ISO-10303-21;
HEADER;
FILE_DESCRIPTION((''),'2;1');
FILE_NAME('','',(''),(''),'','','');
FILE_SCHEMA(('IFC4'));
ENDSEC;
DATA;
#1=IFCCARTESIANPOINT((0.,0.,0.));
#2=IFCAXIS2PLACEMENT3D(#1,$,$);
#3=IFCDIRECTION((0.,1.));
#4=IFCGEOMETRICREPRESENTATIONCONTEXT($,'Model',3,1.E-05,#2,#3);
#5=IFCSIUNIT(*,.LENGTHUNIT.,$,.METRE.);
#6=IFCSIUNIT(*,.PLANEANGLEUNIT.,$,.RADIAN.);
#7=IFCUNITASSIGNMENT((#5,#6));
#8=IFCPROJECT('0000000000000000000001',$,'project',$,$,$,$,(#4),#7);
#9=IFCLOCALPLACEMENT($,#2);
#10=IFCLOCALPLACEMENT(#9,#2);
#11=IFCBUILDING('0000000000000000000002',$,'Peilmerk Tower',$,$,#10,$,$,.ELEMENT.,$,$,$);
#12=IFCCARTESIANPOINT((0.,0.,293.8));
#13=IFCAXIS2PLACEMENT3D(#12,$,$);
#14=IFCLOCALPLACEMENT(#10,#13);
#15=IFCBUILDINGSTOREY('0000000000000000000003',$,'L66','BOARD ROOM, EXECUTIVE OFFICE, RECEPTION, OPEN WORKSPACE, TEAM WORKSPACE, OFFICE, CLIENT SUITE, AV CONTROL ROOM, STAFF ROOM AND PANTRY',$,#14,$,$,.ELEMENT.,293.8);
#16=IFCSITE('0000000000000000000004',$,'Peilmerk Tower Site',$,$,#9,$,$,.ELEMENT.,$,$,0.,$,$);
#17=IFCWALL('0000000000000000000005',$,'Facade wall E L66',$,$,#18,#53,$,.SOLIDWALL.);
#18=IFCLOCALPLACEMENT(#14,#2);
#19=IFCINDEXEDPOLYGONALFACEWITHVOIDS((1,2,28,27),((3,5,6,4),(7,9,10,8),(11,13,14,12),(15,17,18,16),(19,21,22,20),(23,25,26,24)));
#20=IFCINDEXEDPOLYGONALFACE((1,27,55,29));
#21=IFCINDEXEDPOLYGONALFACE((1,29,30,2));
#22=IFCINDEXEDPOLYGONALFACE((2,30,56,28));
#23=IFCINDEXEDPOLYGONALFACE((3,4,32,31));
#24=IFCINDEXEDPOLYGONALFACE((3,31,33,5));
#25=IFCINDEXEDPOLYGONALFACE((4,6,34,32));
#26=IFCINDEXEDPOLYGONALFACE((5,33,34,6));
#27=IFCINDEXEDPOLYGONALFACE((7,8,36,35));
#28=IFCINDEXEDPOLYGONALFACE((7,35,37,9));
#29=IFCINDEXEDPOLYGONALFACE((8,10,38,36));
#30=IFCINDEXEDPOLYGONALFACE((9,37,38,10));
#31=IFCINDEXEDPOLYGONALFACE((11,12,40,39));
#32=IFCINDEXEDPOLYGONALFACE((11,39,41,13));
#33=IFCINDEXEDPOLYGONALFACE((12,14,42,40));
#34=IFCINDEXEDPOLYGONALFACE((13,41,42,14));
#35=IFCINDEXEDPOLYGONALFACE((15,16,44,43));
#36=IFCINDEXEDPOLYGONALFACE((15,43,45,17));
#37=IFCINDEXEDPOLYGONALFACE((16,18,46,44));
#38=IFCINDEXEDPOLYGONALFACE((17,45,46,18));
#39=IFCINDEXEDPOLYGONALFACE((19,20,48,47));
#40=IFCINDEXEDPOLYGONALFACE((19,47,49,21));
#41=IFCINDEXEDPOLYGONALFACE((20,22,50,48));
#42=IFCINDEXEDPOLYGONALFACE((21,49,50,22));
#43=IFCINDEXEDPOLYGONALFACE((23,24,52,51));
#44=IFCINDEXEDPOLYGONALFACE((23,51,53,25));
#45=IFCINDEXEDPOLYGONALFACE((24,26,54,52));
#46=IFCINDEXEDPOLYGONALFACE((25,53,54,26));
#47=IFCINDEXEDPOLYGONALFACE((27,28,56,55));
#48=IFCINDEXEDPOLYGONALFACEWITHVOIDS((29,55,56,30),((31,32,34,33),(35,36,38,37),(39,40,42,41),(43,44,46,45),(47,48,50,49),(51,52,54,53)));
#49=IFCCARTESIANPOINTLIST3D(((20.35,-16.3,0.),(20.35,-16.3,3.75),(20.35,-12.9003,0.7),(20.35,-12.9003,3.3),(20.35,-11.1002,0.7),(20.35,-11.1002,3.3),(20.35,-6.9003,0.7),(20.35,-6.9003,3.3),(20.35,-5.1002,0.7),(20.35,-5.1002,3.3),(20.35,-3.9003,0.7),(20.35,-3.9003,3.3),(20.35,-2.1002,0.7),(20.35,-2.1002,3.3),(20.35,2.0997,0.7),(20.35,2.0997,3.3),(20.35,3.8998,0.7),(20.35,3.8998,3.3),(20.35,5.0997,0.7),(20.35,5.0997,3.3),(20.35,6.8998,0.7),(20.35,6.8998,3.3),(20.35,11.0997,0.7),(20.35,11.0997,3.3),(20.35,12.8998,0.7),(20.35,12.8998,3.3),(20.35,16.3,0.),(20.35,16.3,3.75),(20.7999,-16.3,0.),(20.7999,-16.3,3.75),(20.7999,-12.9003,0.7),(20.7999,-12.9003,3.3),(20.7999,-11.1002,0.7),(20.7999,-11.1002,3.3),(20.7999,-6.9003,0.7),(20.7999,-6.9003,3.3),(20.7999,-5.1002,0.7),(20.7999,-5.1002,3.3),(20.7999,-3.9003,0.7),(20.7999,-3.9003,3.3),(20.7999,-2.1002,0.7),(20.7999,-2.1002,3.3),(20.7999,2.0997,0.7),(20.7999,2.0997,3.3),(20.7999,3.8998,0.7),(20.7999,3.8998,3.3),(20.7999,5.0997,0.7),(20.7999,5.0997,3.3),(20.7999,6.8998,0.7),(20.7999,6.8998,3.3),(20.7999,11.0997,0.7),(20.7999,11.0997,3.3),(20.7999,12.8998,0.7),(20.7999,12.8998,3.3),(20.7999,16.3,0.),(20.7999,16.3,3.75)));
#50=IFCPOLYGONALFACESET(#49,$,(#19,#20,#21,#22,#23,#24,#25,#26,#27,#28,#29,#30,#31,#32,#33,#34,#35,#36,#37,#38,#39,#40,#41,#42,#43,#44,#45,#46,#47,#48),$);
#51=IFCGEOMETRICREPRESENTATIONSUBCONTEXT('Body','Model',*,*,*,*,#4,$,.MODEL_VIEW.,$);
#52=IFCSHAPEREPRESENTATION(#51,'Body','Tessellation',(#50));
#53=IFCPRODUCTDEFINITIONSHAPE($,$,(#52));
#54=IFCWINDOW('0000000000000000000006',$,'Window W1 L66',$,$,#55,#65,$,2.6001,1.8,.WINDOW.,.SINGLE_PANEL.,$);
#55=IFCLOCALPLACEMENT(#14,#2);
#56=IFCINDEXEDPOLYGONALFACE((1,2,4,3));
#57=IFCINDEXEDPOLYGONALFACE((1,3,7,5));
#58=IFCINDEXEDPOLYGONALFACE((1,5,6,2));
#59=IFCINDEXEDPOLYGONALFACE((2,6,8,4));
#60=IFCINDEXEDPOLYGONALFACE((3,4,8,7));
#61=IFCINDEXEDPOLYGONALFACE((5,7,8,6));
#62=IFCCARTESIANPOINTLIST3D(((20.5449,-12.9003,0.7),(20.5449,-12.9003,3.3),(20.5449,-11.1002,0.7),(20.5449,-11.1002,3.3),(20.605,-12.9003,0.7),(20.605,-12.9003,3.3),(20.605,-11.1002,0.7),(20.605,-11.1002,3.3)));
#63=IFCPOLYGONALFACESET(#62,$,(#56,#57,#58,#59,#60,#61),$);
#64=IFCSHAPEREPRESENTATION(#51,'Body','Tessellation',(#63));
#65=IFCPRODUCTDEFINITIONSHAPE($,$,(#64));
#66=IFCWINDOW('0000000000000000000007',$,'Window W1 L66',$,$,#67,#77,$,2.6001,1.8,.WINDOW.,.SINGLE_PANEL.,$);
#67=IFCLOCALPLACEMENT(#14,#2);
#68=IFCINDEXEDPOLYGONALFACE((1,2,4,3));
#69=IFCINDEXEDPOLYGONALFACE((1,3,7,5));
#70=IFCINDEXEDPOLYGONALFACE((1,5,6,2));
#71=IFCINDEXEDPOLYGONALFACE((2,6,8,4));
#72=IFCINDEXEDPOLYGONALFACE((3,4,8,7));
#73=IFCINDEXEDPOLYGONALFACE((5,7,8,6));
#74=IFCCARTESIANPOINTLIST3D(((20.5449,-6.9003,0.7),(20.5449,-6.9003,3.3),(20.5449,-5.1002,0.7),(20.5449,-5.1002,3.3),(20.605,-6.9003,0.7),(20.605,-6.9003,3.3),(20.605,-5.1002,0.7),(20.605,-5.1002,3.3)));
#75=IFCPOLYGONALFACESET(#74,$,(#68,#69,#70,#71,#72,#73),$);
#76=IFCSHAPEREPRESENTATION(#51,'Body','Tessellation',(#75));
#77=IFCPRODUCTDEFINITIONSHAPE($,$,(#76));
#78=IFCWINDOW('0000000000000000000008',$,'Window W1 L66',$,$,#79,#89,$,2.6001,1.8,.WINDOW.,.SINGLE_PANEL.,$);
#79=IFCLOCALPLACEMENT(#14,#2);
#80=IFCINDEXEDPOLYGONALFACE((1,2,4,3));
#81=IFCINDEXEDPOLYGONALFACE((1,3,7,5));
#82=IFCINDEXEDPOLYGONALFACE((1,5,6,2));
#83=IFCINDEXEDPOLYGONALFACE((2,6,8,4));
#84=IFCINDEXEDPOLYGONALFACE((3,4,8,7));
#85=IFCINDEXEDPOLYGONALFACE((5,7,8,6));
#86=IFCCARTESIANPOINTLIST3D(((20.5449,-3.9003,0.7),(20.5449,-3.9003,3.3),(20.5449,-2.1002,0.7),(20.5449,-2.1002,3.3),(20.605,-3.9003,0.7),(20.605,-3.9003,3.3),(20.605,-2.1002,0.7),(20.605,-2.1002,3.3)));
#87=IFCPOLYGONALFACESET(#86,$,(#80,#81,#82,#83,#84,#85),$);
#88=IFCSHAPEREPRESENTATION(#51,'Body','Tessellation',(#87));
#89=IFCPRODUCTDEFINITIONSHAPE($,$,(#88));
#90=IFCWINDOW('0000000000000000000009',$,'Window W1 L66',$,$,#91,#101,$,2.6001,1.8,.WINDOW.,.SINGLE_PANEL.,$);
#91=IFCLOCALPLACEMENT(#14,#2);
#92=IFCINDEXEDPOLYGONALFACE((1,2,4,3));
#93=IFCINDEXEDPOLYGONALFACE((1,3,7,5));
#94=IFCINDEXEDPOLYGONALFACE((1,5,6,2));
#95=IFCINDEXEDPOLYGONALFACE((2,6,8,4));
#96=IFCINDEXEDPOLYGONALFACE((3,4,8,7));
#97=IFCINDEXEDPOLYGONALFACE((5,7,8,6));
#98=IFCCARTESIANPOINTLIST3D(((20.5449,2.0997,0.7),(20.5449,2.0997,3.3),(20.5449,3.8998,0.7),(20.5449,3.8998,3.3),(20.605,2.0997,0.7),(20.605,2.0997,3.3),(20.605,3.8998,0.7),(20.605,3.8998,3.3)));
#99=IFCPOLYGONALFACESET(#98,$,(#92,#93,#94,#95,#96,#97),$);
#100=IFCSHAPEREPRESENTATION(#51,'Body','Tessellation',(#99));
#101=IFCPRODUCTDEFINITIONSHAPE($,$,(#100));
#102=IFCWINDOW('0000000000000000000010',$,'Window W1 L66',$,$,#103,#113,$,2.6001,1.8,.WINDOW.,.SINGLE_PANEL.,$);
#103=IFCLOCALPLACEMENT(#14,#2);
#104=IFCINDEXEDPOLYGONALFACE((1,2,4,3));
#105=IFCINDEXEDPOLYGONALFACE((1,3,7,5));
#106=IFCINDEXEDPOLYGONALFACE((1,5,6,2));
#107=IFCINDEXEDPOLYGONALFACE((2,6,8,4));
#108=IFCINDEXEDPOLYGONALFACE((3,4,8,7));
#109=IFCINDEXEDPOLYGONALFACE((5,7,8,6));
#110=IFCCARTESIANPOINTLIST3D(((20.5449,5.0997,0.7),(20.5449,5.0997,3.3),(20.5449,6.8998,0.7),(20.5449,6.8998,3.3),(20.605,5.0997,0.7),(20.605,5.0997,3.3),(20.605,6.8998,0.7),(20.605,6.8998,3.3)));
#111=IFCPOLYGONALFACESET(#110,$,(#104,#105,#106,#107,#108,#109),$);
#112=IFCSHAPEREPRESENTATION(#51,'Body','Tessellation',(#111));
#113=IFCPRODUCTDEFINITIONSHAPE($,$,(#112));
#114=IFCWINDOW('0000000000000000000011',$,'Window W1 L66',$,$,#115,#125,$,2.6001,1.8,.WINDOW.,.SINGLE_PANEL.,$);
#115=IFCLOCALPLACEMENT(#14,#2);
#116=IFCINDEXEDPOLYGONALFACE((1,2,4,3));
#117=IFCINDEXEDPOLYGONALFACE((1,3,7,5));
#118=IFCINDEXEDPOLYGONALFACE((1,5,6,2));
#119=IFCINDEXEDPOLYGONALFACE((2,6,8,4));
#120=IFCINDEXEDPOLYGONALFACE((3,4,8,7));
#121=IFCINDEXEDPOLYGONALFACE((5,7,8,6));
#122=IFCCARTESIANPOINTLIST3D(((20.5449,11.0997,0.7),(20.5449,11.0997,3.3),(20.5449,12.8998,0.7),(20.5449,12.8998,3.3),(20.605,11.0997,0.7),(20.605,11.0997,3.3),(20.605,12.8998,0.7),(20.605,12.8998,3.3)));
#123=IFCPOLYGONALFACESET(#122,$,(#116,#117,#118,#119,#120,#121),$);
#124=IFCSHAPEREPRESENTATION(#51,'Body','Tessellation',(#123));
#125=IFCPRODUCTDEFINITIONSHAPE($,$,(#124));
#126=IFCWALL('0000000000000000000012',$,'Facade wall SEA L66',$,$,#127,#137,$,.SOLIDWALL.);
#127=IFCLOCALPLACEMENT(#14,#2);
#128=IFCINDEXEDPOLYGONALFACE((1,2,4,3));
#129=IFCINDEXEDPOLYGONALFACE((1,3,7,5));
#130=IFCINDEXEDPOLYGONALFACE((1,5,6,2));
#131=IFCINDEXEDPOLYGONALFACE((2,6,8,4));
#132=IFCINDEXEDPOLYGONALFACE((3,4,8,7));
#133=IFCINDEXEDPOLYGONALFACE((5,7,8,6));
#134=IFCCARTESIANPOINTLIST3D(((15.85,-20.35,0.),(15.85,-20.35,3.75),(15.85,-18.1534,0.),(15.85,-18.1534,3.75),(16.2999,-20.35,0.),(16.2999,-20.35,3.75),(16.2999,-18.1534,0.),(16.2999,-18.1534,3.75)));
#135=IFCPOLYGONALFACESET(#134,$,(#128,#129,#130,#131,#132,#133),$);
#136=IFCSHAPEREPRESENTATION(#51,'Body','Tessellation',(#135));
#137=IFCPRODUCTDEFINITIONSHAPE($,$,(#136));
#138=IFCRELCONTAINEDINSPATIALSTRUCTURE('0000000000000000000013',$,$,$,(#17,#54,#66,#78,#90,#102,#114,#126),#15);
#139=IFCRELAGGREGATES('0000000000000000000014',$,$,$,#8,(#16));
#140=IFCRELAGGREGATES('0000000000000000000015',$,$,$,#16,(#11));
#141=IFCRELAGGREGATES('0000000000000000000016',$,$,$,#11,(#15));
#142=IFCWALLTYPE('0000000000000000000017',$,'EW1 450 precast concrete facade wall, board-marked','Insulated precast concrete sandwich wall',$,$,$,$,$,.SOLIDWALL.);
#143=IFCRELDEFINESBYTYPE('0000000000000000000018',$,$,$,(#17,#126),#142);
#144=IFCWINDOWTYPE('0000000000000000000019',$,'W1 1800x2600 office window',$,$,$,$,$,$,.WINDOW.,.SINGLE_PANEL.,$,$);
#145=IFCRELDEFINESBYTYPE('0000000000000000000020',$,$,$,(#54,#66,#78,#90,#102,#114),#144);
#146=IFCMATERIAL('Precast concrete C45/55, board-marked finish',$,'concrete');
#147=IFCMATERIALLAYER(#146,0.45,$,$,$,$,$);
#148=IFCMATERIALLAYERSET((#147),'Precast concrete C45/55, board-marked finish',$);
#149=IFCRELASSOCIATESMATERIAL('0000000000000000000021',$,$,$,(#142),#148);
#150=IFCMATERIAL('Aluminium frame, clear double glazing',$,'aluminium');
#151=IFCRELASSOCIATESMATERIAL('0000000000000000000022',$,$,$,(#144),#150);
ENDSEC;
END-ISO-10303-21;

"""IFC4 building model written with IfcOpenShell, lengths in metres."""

from ifc_helpers import new_model, si_unit, direction, frame, frame_2d, origin, place, context, subcontext, project, spatial, rectangle, extrude, material, layer, layer_set, type_object, element, fill, save


model = new_model("IFC4")

# Units and contexts
model_context = context("Model", 3, precision=1e-05, world=origin(), true_north=direction((0.0, 1.0)))
body_context = subcontext(model_context, "Body", "Model", "MODEL_VIEW")
ifc_project = project(units=[si_unit("LENGTHUNIT", "METRE"), si_unit("PLANEANGLEUNIT", "RADIAN")], contexts=[model_context])

# Site, building, storey
site_placement = place(None, origin())
site = spatial("IfcSite", under=ifc_project, at=site_placement, Name="Peilmerk Tower Site", CompositionType="ELEMENT", RefElevation=0.0)
building_placement = place(site_placement, origin())
building = spatial("IfcBuilding", under=site, at=building_placement, Name="Peilmerk Tower", CompositionType="ELEMENT")
storey_placement = place(building_placement, frame((0.0, 0.0, 293.8)))
storey = spatial("IfcBuildingStorey", under=building, at=storey_placement, Name="L66", Description="BOARD ROOM, EXECUTIVE OFFICE, RECEPTION, OPEN WORKSPACE, TEAM WORKSPACE, OFFICE, CLIENT SUITE, AV CONTROL ROOM, STAFF ROOM AND PANTRY", CompositionType="ELEMENT", Elevation=293.8)

# Wall, openings, windows
ifc_material_1 = material(Name="Precast concrete C45/55, board-marked finish", Category="concrete")
ifc_layer_1 = layer(ifc_material_1, 0.45)
ifc_layer_set_1 = layer_set([ifc_layer_1], Name="Precast concrete C45/55, board-marked finish")
wall_type = type_object("IfcWallType", Name="EW1 450 precast concrete facade wall, board-marked", Description="Insulated precast concrete sandwich wall", PredefinedType="SOLIDWALL", material=ifc_layer_set_1)
wall_1_placement = place(storey_placement, frame((20.575, -16.3, 0.0), z_axis=(0.0, 0.0, 1.0), x_axis=(0.0, 1.0, 0.0)))
wall_1 = element("IfcWall", 1, at=wall_1_placement, inside=storey, type_object=wall_type, Name="Facade wall E L66", PredefinedType="SOLIDWALL", context=body_context, shape_type="SweptSolid", body=[
    extrude(rectangle(XDim=32.6001, YDim=0.45, at=frame_2d((16.3, 0.0))), origin(), (0.0, 0.0, 1.0), 3.75),
])
opening_1_placement = place(wall_1_placement, frame((3.3999, 0.0, 0.7)))
opening_1 = element("IfcOpeningElement", 2, at=opening_1_placement, cuts=wall_1, PredefinedType="OPENING", context=body_context, shape_type="SweptSolid", body=[
    extrude(rectangle(XDim=1.8, YDim=2.6001, at=frame_2d((0.8999, 1.3))), frame((0.0, 0.2349, 0.0), z_axis=(0.0, -1.0, 0.0), x_axis=(1.0, 0.0, 0.0)), (0.0, 0.0, 1.0), 0.47),
])
opening_2_placement = place(wall_1_placement, frame((9.3999, 0.0, 0.7)))
opening_2 = element("IfcOpeningElement", 3, at=opening_2_placement, cuts=wall_1, PredefinedType="OPENING", context=body_context, shape_type="SweptSolid", body=[
    extrude(rectangle(XDim=1.8, YDim=2.6001, at=frame_2d((0.8999, 1.3))), frame((0.0, 0.2349, 0.0), z_axis=(0.0, -1.0, 0.0), x_axis=(1.0, 0.0, 0.0)), (0.0, 0.0, 1.0), 0.47),
])
opening_3_placement = place(wall_1_placement, frame((12.3999, 0.0, 0.7)))
opening_3 = element("IfcOpeningElement", 4, at=opening_3_placement, cuts=wall_1, PredefinedType="OPENING", context=body_context, shape_type="SweptSolid", body=[
    extrude(rectangle(XDim=1.8, YDim=2.6001, at=frame_2d((0.8999, 1.3))), frame((0.0, 0.2349, 0.0), z_axis=(0.0, -1.0, 0.0), x_axis=(1.0, 0.0, 0.0)), (0.0, 0.0, 1.0), 0.47),
])
opening_4_placement = place(wall_1_placement, frame((18.3999, 0.0, 0.7)))
opening_4 = element("IfcOpeningElement", 5, at=opening_4_placement, cuts=wall_1, PredefinedType="OPENING", context=body_context, shape_type="SweptSolid", body=[
    extrude(rectangle(XDim=1.8, YDim=2.6001, at=frame_2d((0.8999, 1.3))), frame((0.0, 0.2349, 0.0), z_axis=(0.0, -1.0, 0.0), x_axis=(1.0, 0.0, 0.0)), (0.0, 0.0, 1.0), 0.47),
])
opening_5_placement = place(wall_1_placement, frame((21.3999, 0.0, 0.7)))
opening_5 = element("IfcOpeningElement", 6, at=opening_5_placement, cuts=wall_1, PredefinedType="OPENING", context=body_context, shape_type="SweptSolid", body=[
    extrude(rectangle(XDim=1.8, YDim=2.6001, at=frame_2d((0.8999, 1.3))), frame((0.0, 0.2349, 0.0), z_axis=(0.0, -1.0, 0.0), x_axis=(1.0, 0.0, 0.0)), (0.0, 0.0, 1.0), 0.47),
])
opening_6_placement = place(wall_1_placement, frame((27.3999, 0.0, 0.7)))
opening_6 = element("IfcOpeningElement", 7, at=opening_6_placement, cuts=wall_1, PredefinedType="OPENING", context=body_context, shape_type="SweptSolid", body=[
    extrude(rectangle(XDim=1.8, YDim=2.6001, at=frame_2d((0.8999, 1.3))), frame((0.0, 0.2349, 0.0), z_axis=(0.0, -1.0, 0.0), x_axis=(1.0, 0.0, 0.0)), (0.0, 0.0, 1.0), 0.47),
])
ifc_material_2 = material(Name="Aluminium frame, clear double glazing", Category="aluminium")
window_type = type_object("IfcWindowType", Name="W1 1800x2600 office window", PartitioningType="SINGLE_PANEL", PredefinedType="WINDOW", material=ifc_material_2)
window_1_placement = place(opening_1_placement, origin())
window_1 = element("IfcWindow", 8, at=window_1_placement, inside=storey, type_object=window_type, Name="Window W1 L66", OverallHeight=2.6001, OverallWidth=1.8, PartitioningType="SINGLE_PANEL", PredefinedType="WINDOW", context=body_context, shape_type="SweptSolid", body=[
    extrude(rectangle(XDim=1.8, YDim=2.6001, at=frame_2d((0.8999, 1.3))), frame((0.0, 0.03, 0.0), z_axis=(0.0, -1.0, 0.0), x_axis=(1.0, 0.0, 0.0)), (0.0, 0.0, 1.0), 0.0601),
])
fill(opening_1, window_1)
window_2_placement = place(opening_2_placement, origin())
window_2 = element("IfcWindow", 9, at=window_2_placement, inside=storey, type_object=window_type, Name="Window W1 L66", OverallHeight=2.6001, OverallWidth=1.8, PartitioningType="SINGLE_PANEL", PredefinedType="WINDOW", context=body_context, shape_type="SweptSolid", body=[
    extrude(rectangle(XDim=1.8, YDim=2.6001, at=frame_2d((0.8999, 1.3))), frame((0.0, 0.03, 0.0), z_axis=(0.0, -1.0, 0.0), x_axis=(1.0, 0.0, 0.0)), (0.0, 0.0, 1.0), 0.0601),
])
fill(opening_2, window_2)
window_3_placement = place(opening_3_placement, origin())
window_3 = element("IfcWindow", 10, at=window_3_placement, inside=storey, type_object=window_type, Name="Window W1 L66", OverallHeight=2.6001, OverallWidth=1.8, PartitioningType="SINGLE_PANEL", PredefinedType="WINDOW", context=body_context, shape_type="SweptSolid", body=[
    extrude(rectangle(XDim=1.8, YDim=2.6001, at=frame_2d((0.8999, 1.3))), frame((0.0, 0.03, 0.0), z_axis=(0.0, -1.0, 0.0), x_axis=(1.0, 0.0, 0.0)), (0.0, 0.0, 1.0), 0.0601),
])
fill(opening_3, window_3)
window_4_placement = place(opening_4_placement, origin())
window_4 = element("IfcWindow", 11, at=window_4_placement, inside=storey, type_object=window_type, Name="Window W1 L66", OverallHeight=2.6001, OverallWidth=1.8, PartitioningType="SINGLE_PANEL", PredefinedType="WINDOW", context=body_context, shape_type="SweptSolid", body=[
    extrude(rectangle(XDim=1.8, YDim=2.6001, at=frame_2d((0.8999, 1.3))), frame((0.0, 0.03, 0.0), z_axis=(0.0, -1.0, 0.0), x_axis=(1.0, 0.0, 0.0)), (0.0, 0.0, 1.0), 0.0601),
])
fill(opening_4, window_4)
window_5_placement = place(opening_5_placement, origin())
window_5 = element("IfcWindow", 12, at=window_5_placement, inside=storey, type_object=window_type, Name="Window W1 L66", OverallHeight=2.6001, OverallWidth=1.8, PartitioningType="SINGLE_PANEL", PredefinedType="WINDOW", context=body_context, shape_type="SweptSolid", body=[
    extrude(rectangle(XDim=1.8, YDim=2.6001, at=frame_2d((0.8999, 1.3))), frame((0.0, 0.03, 0.0), z_axis=(0.0, -1.0, 0.0), x_axis=(1.0, 0.0, 0.0)), (0.0, 0.0, 1.0), 0.0601),
])
fill(opening_5, window_5)
window_6_placement = place(opening_6_placement, origin())
window_6 = element("IfcWindow", 13, at=window_6_placement, inside=storey, type_object=window_type, Name="Window W1 L66", OverallHeight=2.6001, OverallWidth=1.8, PartitioningType="SINGLE_PANEL", PredefinedType="WINDOW", context=body_context, shape_type="SweptSolid", body=[
    extrude(rectangle(XDim=1.8, YDim=2.6001, at=frame_2d((0.8999, 1.3))), frame((0.0, 0.03, 0.0), z_axis=(0.0, -1.0, 0.0), x_axis=(1.0, 0.0, 0.0)), (0.0, 0.0, 1.0), 0.0601),
])
fill(opening_6, window_6)

# Wall
wall_2_placement = place(storey_placement, frame((16.075, -18.1536, 0.0), z_axis=(0.0, 0.0, 1.0), x_axis=(0.0, -1.0, 0.0)))
element("IfcWall", 14, at=wall_2_placement, inside=storey, type_object=wall_type, Name="Facade wall SEA L66", PredefinedType="SOLIDWALL", context=body_context, shape_type="SweptSolid", body=[
    extrude(rectangle(XDim=2.1965, YDim=0.45, at=frame_2d((1.0981, 0.0))), origin(), (0.0, 0.0, 1.0), 3.75),
])

save(model, "model.ifc")
